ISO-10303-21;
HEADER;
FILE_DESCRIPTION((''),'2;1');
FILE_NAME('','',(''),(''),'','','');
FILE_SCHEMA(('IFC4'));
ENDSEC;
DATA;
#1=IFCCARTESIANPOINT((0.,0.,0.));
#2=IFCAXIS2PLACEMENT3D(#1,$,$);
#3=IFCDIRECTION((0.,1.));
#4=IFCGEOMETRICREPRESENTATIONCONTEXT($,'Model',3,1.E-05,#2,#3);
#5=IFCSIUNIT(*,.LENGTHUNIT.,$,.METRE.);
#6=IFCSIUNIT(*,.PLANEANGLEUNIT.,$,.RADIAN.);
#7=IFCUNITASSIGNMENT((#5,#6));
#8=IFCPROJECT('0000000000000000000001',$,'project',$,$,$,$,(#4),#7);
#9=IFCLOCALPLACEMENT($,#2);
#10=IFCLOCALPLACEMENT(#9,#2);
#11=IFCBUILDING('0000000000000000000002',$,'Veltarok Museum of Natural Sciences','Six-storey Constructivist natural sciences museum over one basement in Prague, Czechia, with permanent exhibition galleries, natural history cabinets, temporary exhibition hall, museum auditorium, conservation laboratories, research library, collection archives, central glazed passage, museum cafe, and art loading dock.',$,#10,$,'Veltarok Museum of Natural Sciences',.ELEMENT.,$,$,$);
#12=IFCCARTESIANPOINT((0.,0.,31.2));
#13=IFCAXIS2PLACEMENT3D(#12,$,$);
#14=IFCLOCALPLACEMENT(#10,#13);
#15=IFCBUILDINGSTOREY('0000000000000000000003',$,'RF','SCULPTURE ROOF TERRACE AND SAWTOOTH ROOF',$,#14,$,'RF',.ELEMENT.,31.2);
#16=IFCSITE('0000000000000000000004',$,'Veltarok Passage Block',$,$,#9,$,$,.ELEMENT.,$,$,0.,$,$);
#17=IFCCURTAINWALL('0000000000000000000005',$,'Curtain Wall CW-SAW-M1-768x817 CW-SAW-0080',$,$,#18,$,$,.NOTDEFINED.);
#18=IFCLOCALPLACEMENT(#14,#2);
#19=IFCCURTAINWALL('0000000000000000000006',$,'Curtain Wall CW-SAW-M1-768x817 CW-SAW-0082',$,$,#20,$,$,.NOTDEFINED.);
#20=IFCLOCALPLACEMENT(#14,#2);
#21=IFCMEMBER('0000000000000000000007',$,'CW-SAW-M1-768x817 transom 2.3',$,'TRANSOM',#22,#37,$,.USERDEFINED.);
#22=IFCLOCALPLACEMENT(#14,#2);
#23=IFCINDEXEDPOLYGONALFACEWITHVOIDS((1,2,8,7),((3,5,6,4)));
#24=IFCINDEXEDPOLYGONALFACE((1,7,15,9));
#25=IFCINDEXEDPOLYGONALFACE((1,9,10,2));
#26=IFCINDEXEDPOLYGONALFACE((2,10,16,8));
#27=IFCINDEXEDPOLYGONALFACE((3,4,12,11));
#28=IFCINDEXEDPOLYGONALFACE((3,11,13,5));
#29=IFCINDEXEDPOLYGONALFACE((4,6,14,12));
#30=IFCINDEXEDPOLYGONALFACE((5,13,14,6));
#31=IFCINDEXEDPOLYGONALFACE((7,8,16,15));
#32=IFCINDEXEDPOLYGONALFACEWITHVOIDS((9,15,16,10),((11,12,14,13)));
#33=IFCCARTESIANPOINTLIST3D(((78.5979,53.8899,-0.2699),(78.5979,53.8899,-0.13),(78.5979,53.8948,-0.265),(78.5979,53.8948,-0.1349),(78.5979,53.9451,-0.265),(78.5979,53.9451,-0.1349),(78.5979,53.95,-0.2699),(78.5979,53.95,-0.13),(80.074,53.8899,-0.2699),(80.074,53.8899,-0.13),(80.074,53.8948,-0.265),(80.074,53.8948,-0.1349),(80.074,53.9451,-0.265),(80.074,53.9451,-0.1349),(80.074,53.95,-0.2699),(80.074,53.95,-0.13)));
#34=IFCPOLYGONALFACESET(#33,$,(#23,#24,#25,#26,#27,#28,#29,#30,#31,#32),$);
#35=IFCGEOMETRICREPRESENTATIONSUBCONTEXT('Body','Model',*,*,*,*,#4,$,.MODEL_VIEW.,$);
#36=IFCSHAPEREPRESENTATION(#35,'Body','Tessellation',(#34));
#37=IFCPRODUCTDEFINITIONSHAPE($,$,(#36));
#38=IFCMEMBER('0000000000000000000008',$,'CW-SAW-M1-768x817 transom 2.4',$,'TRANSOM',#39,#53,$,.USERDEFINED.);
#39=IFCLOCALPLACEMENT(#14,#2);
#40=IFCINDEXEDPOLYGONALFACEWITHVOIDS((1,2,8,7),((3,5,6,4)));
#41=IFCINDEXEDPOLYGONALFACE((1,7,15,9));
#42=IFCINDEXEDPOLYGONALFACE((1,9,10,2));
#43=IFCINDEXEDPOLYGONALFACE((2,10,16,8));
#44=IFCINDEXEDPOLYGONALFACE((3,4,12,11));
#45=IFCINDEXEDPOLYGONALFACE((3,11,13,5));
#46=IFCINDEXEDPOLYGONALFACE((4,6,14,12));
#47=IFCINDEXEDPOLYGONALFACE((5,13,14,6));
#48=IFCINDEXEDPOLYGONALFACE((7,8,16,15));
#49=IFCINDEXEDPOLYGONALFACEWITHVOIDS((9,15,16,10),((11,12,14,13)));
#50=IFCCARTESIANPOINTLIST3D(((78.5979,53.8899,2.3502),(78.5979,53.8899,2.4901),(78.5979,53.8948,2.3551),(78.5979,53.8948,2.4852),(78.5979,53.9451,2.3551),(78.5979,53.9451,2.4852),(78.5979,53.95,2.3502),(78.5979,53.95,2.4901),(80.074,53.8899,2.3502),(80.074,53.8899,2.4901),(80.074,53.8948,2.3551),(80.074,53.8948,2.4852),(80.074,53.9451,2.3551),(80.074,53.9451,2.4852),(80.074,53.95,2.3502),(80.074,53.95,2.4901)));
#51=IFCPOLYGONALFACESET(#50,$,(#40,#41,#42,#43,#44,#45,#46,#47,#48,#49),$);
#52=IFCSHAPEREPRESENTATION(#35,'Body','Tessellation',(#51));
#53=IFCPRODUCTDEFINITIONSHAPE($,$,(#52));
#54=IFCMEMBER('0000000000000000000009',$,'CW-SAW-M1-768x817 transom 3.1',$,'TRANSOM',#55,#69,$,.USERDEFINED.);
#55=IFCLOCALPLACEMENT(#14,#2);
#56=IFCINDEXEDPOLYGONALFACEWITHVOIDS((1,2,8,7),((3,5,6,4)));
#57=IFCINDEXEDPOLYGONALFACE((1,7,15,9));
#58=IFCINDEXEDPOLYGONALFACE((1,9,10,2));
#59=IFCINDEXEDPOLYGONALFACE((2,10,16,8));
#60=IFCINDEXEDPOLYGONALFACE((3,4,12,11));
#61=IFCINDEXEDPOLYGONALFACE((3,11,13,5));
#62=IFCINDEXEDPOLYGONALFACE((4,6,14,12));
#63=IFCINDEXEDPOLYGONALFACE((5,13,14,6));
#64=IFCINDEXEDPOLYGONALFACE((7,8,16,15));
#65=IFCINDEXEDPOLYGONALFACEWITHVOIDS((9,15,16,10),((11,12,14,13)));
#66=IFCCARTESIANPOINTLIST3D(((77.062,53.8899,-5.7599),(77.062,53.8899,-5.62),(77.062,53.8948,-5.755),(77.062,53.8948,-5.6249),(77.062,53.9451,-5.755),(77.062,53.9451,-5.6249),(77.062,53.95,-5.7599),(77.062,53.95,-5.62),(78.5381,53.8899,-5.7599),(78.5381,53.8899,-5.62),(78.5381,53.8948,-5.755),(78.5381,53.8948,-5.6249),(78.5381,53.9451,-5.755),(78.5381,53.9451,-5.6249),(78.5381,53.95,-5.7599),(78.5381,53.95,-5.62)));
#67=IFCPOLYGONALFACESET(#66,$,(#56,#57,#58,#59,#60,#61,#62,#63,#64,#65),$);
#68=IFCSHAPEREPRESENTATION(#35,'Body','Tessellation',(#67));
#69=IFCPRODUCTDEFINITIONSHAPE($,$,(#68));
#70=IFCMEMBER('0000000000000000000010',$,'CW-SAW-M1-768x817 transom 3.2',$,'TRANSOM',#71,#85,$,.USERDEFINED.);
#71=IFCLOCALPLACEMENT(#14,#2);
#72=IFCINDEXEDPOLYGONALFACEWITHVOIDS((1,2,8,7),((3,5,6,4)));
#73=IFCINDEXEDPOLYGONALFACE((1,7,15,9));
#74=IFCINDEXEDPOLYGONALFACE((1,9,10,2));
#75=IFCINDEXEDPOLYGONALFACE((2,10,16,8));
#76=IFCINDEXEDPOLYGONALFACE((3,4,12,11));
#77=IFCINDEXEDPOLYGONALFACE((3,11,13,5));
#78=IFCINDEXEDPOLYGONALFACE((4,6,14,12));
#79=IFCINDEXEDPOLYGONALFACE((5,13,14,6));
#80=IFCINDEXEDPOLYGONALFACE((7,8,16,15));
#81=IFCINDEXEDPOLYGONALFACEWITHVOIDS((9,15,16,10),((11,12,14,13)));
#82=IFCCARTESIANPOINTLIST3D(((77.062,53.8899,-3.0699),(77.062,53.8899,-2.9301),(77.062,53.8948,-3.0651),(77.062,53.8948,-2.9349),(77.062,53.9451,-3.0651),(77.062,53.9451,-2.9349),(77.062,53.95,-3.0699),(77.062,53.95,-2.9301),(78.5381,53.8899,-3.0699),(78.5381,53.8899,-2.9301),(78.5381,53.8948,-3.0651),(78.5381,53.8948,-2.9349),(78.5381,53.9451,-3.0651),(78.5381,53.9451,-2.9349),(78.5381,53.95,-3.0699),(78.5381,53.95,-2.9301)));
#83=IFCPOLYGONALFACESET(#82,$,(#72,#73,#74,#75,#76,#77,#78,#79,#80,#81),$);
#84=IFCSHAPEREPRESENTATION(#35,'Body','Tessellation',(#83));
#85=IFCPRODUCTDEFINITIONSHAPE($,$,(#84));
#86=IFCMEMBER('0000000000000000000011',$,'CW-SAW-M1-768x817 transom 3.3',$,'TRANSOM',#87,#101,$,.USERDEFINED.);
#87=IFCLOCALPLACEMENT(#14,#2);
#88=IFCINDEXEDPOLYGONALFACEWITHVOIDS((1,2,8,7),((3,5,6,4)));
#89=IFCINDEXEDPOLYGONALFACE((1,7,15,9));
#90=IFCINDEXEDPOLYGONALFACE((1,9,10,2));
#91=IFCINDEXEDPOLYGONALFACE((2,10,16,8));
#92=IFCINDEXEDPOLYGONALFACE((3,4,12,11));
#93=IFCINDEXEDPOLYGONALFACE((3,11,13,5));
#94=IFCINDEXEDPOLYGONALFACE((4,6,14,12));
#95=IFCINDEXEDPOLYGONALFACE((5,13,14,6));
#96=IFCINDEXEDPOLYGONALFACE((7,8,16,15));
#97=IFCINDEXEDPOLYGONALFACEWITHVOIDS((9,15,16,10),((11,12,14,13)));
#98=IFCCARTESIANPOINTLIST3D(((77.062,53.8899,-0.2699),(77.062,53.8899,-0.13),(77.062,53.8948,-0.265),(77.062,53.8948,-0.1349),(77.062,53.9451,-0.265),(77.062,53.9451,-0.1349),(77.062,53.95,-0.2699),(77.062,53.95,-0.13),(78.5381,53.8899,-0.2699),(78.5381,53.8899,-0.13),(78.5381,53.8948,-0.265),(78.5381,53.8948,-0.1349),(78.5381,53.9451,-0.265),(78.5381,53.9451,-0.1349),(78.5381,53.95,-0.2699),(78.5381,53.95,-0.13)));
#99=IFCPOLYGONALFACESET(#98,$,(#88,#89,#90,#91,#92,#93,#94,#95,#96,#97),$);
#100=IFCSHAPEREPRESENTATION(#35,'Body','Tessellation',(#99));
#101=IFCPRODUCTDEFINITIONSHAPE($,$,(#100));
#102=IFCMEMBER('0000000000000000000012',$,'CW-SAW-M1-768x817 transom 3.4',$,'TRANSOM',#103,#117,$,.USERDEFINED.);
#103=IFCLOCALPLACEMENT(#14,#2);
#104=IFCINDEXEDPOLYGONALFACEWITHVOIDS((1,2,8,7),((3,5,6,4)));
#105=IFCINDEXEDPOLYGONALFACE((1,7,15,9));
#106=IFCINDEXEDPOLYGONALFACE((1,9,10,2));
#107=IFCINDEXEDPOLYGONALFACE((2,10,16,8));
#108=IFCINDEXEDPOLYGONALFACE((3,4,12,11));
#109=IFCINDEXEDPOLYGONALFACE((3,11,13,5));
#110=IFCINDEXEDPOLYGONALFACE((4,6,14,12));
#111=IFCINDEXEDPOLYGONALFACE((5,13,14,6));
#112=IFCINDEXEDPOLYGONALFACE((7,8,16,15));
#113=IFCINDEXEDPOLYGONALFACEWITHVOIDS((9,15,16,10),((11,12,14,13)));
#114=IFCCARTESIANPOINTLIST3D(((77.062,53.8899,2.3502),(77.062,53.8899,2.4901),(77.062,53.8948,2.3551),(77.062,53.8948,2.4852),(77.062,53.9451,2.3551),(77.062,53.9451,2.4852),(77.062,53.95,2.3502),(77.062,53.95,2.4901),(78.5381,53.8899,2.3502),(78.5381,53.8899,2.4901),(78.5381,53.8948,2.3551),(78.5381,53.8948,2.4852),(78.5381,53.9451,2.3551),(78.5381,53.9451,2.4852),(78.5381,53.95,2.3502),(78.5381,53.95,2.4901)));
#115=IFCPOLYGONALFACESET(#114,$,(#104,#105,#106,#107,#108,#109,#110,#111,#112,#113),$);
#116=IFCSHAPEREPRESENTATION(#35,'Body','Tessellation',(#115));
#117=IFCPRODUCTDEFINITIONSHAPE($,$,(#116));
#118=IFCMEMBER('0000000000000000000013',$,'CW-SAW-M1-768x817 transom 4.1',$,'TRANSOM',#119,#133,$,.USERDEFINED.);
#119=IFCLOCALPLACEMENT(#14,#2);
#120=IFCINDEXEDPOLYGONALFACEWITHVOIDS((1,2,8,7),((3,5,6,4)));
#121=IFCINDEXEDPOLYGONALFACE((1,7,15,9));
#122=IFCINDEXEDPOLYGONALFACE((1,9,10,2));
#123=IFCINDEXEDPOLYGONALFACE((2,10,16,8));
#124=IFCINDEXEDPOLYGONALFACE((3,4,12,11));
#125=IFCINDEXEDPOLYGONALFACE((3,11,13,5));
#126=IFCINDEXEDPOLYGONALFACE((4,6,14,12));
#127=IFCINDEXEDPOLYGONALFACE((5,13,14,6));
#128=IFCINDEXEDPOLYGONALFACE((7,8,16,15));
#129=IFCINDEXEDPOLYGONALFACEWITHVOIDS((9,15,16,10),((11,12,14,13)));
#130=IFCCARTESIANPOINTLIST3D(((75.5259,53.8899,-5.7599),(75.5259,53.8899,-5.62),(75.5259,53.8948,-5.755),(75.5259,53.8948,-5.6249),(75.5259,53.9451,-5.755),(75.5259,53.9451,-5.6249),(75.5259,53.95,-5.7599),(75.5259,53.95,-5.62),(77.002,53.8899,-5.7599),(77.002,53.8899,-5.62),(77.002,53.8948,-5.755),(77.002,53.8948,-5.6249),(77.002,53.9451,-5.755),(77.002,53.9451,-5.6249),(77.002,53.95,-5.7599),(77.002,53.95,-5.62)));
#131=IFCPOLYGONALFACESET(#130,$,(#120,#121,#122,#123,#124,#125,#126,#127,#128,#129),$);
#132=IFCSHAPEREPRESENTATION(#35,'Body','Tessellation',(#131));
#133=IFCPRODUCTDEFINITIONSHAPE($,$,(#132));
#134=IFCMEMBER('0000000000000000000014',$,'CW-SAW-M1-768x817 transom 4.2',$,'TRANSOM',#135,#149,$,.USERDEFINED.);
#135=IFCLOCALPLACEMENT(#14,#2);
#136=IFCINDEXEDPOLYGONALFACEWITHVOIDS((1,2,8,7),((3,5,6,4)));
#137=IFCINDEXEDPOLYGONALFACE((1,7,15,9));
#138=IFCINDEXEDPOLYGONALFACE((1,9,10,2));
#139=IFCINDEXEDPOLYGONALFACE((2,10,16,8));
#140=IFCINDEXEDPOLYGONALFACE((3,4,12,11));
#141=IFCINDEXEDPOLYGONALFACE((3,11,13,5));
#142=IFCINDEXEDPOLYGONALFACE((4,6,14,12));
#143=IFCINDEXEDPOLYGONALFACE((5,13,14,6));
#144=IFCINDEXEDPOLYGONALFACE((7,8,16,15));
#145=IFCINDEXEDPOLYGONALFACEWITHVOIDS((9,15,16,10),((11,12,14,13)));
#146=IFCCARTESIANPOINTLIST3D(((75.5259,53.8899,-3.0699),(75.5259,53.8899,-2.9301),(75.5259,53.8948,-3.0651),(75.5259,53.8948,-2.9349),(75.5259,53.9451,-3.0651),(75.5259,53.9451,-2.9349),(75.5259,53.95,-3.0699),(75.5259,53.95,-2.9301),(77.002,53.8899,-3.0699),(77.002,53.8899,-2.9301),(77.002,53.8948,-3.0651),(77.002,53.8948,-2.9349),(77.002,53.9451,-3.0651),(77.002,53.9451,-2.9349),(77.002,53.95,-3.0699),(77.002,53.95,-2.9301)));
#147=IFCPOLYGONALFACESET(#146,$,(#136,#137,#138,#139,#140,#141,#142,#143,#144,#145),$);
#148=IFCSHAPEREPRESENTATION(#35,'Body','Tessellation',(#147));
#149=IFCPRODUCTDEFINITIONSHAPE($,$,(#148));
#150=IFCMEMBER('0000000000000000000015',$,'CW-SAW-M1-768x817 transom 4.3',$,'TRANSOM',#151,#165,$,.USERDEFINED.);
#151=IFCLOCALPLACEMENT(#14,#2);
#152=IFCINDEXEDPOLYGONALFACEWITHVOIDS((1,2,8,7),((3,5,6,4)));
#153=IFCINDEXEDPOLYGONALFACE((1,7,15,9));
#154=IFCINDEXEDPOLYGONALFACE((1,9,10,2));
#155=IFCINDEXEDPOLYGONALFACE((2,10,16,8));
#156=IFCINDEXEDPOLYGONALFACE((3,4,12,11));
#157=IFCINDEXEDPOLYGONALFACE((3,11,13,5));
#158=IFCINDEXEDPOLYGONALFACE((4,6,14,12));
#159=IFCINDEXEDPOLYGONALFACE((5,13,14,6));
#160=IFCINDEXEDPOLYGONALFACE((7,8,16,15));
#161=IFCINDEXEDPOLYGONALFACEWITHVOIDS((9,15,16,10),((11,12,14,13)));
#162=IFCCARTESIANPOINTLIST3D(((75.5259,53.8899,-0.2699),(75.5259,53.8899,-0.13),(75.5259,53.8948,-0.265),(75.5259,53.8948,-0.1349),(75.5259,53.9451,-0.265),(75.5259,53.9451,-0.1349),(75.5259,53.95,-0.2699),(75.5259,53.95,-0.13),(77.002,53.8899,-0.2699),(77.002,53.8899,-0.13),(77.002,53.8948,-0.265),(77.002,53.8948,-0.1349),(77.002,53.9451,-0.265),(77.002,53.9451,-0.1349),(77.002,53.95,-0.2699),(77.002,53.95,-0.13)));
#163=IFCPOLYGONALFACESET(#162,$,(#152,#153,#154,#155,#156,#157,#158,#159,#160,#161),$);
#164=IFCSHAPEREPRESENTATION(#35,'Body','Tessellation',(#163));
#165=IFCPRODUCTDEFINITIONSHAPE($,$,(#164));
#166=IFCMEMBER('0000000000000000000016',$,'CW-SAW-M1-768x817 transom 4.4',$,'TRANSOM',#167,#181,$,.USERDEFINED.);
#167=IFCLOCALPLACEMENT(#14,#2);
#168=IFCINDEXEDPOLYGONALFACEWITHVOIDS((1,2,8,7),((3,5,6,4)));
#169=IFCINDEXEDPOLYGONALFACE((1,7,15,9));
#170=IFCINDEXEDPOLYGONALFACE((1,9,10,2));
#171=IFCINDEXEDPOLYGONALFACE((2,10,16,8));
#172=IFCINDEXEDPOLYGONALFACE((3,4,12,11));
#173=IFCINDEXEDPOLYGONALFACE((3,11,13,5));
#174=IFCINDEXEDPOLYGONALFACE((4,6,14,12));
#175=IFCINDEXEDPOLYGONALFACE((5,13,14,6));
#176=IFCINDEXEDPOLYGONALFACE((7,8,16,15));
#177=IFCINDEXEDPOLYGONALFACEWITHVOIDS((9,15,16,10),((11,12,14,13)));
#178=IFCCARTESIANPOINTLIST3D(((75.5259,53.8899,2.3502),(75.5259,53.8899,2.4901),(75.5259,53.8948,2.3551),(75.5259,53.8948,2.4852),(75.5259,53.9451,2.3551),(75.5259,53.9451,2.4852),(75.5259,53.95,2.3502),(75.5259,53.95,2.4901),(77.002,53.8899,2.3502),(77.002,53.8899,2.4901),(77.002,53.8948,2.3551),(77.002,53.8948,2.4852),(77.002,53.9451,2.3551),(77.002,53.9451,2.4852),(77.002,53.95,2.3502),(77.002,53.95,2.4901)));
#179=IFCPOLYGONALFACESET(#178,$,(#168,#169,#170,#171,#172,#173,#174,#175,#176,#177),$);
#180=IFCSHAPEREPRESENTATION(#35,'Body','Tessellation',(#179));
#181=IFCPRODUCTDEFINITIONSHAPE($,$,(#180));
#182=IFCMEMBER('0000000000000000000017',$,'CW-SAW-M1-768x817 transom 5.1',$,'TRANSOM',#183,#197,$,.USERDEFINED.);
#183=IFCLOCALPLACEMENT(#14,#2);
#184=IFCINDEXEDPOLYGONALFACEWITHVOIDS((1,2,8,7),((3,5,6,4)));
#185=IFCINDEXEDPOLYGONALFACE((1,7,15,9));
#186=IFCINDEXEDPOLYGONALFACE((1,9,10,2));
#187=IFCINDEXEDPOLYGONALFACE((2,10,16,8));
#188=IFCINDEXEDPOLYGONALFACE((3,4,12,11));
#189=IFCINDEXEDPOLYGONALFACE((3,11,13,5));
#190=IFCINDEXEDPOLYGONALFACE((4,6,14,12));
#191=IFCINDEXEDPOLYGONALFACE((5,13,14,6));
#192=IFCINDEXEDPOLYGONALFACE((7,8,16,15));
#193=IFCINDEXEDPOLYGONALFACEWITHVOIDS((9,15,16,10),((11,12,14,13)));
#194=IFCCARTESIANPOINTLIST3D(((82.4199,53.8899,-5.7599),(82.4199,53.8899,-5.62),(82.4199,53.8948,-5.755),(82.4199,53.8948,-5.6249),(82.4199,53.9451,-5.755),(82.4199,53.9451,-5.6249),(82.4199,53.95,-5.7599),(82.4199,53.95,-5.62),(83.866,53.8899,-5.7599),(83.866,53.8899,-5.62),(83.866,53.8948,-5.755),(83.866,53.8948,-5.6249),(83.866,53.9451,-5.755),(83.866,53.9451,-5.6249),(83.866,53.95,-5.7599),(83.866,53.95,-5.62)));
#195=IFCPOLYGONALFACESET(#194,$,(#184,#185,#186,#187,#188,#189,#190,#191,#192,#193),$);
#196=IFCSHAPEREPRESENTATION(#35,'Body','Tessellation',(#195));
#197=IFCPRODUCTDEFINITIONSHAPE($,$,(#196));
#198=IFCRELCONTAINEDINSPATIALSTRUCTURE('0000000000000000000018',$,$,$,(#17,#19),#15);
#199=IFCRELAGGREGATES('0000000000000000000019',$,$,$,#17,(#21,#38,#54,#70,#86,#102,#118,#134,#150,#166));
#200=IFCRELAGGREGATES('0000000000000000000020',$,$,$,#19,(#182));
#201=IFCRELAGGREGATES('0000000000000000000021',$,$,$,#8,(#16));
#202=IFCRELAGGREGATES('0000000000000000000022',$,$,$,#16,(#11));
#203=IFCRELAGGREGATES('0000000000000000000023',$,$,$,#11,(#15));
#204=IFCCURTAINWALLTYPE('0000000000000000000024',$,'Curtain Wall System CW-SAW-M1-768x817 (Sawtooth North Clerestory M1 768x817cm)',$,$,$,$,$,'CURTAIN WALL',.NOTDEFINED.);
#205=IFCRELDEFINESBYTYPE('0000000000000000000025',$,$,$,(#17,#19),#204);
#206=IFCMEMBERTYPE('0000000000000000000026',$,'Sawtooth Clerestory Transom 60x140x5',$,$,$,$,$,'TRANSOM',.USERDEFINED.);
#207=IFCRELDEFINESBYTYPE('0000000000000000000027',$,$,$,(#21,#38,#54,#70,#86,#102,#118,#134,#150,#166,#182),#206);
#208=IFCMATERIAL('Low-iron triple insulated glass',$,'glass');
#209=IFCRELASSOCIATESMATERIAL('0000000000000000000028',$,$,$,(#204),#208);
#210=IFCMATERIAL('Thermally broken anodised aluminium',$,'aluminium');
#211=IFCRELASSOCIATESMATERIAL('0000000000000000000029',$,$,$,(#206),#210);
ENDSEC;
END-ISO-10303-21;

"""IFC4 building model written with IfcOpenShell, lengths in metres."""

from ifc_helpers import new_model, si_unit, direction, frame, origin, origin_2d, place, context, subcontext, project, spatial, hollow_rectangle, extrude, material, material_profile, profile_set, type_object, element, aggregate, save


model = new_model("IFC4")

# Units and contexts
model_context = context("Model", 3, precision=1e-05, world=origin(), true_north=direction((0.0, 1.0)))
body_context = subcontext(model_context, "Body", "Model", "MODEL_VIEW")
ifc_project = project(units=[si_unit("LENGTHUNIT", "METRE"), si_unit("PLANEANGLEUNIT", "RADIAN")], contexts=[model_context])

# Site, building, storey
site_placement = place(None, origin())
site = spatial("IfcSite", under=ifc_project, at=site_placement, Name="Veltarok Passage Block", CompositionType="ELEMENT", RefElevation=0.0)
building_placement = place(site_placement, origin())
building = spatial("IfcBuilding", under=site, at=building_placement, Name="Veltarok Museum of Natural Sciences", Description="Six-storey Constructivist natural sciences museum over one basement in Prague, Czechia, with permanent exhibition galleries, natural history cabinets, temporary exhibition hall, museum auditorium, conservation laboratories, research library, collection archives, central glazed passage, museum cafe, and art loading dock.", LongName="Veltarok Museum of Natural Sciences", CompositionType="ELEMENT")
storey_placement = place(building_placement, frame((0.0, 0.0, 31.2)))
storey = spatial("IfcBuildingStorey", under=building, at=storey_placement, Name="RF", Description="SCULPTURE ROOF TERRACE AND SAWTOOTH ROOF", LongName="RF", CompositionType="ELEMENT", Elevation=31.2)

# Curtain wall
ifc_material_1 = material(Name="Low-iron triple insulated glass", Category="glass")
curtain_wall_type = type_object("IfcCurtainWallType", Name="Curtain Wall System CW-SAW-M1-768x817 (Sawtooth North Clerestory M1 768x817cm)", ElementType="CURTAIN WALL", PredefinedType="NOTDEFINED", material=ifc_material_1)
curtain_wall_1_placement = place(storey_placement, origin())
curtain_wall_1 = element("IfcCurtainWall", 1, at=curtain_wall_1_placement, inside=storey, type_object=curtain_wall_type, Name="Curtain Wall CW-SAW-M1-768x817 CW-SAW-0080", PredefinedType="NOTDEFINED")
ifc_material_2 = material(Name="Thermally broken anodised aluminium", Category="aluminium")

# Curtain wall
curtain_wall_2_placement = place(storey_placement, origin())
curtain_wall_2 = element("IfcCurtainWall", 2, at=curtain_wall_2_placement, inside=storey, type_object=curtain_wall_type, Name="Curtain Wall CW-SAW-M1-768x817 CW-SAW-0082", PredefinedType="NOTDEFINED")

# Members
ifc_material_profile_1 = material_profile(ifc_material_2, hollow_rectangle(XDim=0.0601, YDim=0.1399, WallThickness=0.0049, at=origin_2d()), Name="CW TRANSOM 60x140x5")
ifc_profile_set_1 = profile_set([ifc_material_profile_1], Name="Thermally broken anodised aluminium")
member_type_1 = type_object("IfcMemberType", Name="Sawtooth Clerestory Transom 60x140x5", ElementType="TRANSOM", PredefinedType="USERDEFINED", material=ifc_profile_set_1)
member_1_placement = place(storey_placement, frame((80.074, 53.9199, -0.2), z_axis=(-1.0, 0.0, 0.0), x_axis=(0.0, -1.0, 0.0)))
member_1 = element("IfcMember", 3, at=member_1_placement, type_object=member_type_1, Name="CW-SAW-M1-768x817 transom 2.3", ObjectType="TRANSOM", PredefinedType="USERDEFINED", context=body_context, shape_type="SweptSolid", body=[
    extrude(hollow_rectangle(XDim=0.0601, YDim=0.1399, WallThickness=0.0049, at=origin_2d()), origin(), (0.0, 0.0, 1.0), 1.4761),
])
member_2_placement = place(storey_placement, frame((80.074, 53.9199, 2.4202), z_axis=(-1.0, 0.0, 0.0), x_axis=(0.0, -1.0, 0.0)))
member_2 = element("IfcMember", 4, at=member_2_placement, type_object=member_type_1, Name="CW-SAW-M1-768x817 transom 2.4", ObjectType="TRANSOM", PredefinedType="USERDEFINED", context=body_context, shape_type="SweptSolid", body=[
    extrude(hollow_rectangle(XDim=0.0601, YDim=0.1399, WallThickness=0.0049, at=origin_2d()), origin(), (0.0, 0.0, 1.0), 1.4761),
])
member_3_placement = place(storey_placement, frame((78.5381, 53.9199, -5.6899), z_axis=(-1.0, 0.0, 0.0), x_axis=(0.0, -1.0, 0.0)))
member_3 = element("IfcMember", 5, at=member_3_placement, type_object=member_type_1, Name="CW-SAW-M1-768x817 transom 3.1", ObjectType="TRANSOM", PredefinedType="USERDEFINED", context=body_context, shape_type="SweptSolid", body=[
    extrude(hollow_rectangle(XDim=0.0601, YDim=0.1399, WallThickness=0.0049, at=origin_2d()), origin(), (0.0, 0.0, 1.0), 1.4761),
])
member_4_placement = place(storey_placement, frame((78.5381, 53.9199, -3.0), z_axis=(-1.0, 0.0, 0.0), x_axis=(0.0, -1.0, 0.0)))
member_4 = element("IfcMember", 6, at=member_4_placement, type_object=member_type_1, Name="CW-SAW-M1-768x817 transom 3.2", ObjectType="TRANSOM", PredefinedType="USERDEFINED", context=body_context, shape_type="SweptSolid", body=[
    extrude(hollow_rectangle(XDim=0.0601, YDim=0.1399, WallThickness=0.0049, at=origin_2d()), origin(), (0.0, 0.0, 1.0), 1.4761),
])
member_5_placement = place(storey_placement, frame((78.5381, 53.9199, -0.2), z_axis=(-1.0, 0.0, 0.0), x_axis=(0.0, -1.0, 0.0)))
member_5 = element("IfcMember", 7, at=member_5_placement, type_object=member_type_1, Name="CW-SAW-M1-768x817 transom 3.3", ObjectType="TRANSOM", PredefinedType="USERDEFINED", context=body_context, shape_type="SweptSolid", body=[
    extrude(hollow_rectangle(XDim=0.0601, YDim=0.1399, WallThickness=0.0049, at=origin_2d()), origin(), (0.0, 0.0, 1.0), 1.4761),
])
member_6_placement = place(storey_placement, frame((78.5381, 53.9199, 2.4202), z_axis=(-1.0, 0.0, 0.0), x_axis=(0.0, -1.0, 0.0)))
member_6 = element("IfcMember", 8, at=member_6_placement, type_object=member_type_1, Name="CW-SAW-M1-768x817 transom 3.4", ObjectType="TRANSOM", PredefinedType="USERDEFINED", context=body_context, shape_type="SweptSolid", body=[
    extrude(hollow_rectangle(XDim=0.0601, YDim=0.1399, WallThickness=0.0049, at=origin_2d()), origin(), (0.0, 0.0, 1.0), 1.4761),
])
member_7_placement = place(storey_placement, frame((77.002, 53.9199, -5.6899), z_axis=(-1.0, 0.0, 0.0), x_axis=(0.0, -1.0, 0.0)))
member_7 = element("IfcMember", 9, at=member_7_placement, type_object=member_type_1, Name="CW-SAW-M1-768x817 transom 4.1", ObjectType="TRANSOM", PredefinedType="USERDEFINED", context=body_context, shape_type="SweptSolid", body=[
    extrude(hollow_rectangle(XDim=0.0601, YDim=0.1399, WallThickness=0.0049, at=origin_2d()), origin(), (0.0, 0.0, 1.0), 1.4761),
])
member_8_placement = place(storey_placement, frame((77.002, 53.9199, -3.0), z_axis=(-1.0, 0.0, 0.0), x_axis=(0.0, -1.0, 0.0)))
member_8 = element("IfcMember", 10, at=member_8_placement, type_object=member_type_1, Name="CW-SAW-M1-768x817 transom 4.2", ObjectType="TRANSOM", PredefinedType="USERDEFINED", context=body_context, shape_type="SweptSolid", body=[
    extrude(hollow_rectangle(XDim=0.0601, YDim=0.1399, WallThickness=0.0049, at=origin_2d()), origin(), (0.0, 0.0, 1.0), 1.4761),
])
member_9_placement = place(storey_placement, frame((77.002, 53.9199, -0.2), z_axis=(-1.0, 0.0, 0.0), x_axis=(0.0, -1.0, 0.0)))
member_9 = element("IfcMember", 11, at=member_9_placement, type_object=member_type_1, Name="CW-SAW-M1-768x817 transom 4.3", ObjectType="TRANSOM", PredefinedType="USERDEFINED", context=body_context, shape_type="SweptSolid", body=[
    extrude(hollow_rectangle(XDim=0.0601, YDim=0.1399, WallThickness=0.0049, at=origin_2d()), origin(), (0.0, 0.0, 1.0), 1.4761),
])
member_10_placement = place(storey_placement, frame((77.002, 53.9199, 2.4202), z_axis=(-1.0, 0.0, 0.0), x_axis=(0.0, -1.0, 0.0)))
member_10 = element("IfcMember", 12, at=member_10_placement, type_object=member_type_1, Name="CW-SAW-M1-768x817 transom 4.4", ObjectType="TRANSOM", PredefinedType="USERDEFINED", context=body_context, shape_type="SweptSolid", body=[
    extrude(hollow_rectangle(XDim=0.0601, YDim=0.1399, WallThickness=0.0049, at=origin_2d()), origin(), (0.0, 0.0, 1.0), 1.4761),
])
member_11_placement = place(storey_placement, frame((83.866, 53.9199, -5.6899), z_axis=(-1.0, 0.0, 0.0), x_axis=(0.0, -1.0, 0.0)))
member_11 = element("IfcMember", 13, at=member_11_placement, type_object=member_type_1, Name="CW-SAW-M1-768x817 transom 5.1", ObjectType="TRANSOM", PredefinedType="USERDEFINED", context=body_context, shape_type="SweptSolid", body=[
    extrude(hollow_rectangle(XDim=0.0601, YDim=0.1399, WallThickness=0.0049, at=origin_2d()), origin(), (0.0, 0.0, 1.0), 1.446),
])

aggregate(curtain_wall_1, [member_1, member_2, member_3, member_4, member_5, member_6, member_7, member_8, member_9, member_10])
aggregate(curtain_wall_2, [member_11])

save(model, "model.ifc")
